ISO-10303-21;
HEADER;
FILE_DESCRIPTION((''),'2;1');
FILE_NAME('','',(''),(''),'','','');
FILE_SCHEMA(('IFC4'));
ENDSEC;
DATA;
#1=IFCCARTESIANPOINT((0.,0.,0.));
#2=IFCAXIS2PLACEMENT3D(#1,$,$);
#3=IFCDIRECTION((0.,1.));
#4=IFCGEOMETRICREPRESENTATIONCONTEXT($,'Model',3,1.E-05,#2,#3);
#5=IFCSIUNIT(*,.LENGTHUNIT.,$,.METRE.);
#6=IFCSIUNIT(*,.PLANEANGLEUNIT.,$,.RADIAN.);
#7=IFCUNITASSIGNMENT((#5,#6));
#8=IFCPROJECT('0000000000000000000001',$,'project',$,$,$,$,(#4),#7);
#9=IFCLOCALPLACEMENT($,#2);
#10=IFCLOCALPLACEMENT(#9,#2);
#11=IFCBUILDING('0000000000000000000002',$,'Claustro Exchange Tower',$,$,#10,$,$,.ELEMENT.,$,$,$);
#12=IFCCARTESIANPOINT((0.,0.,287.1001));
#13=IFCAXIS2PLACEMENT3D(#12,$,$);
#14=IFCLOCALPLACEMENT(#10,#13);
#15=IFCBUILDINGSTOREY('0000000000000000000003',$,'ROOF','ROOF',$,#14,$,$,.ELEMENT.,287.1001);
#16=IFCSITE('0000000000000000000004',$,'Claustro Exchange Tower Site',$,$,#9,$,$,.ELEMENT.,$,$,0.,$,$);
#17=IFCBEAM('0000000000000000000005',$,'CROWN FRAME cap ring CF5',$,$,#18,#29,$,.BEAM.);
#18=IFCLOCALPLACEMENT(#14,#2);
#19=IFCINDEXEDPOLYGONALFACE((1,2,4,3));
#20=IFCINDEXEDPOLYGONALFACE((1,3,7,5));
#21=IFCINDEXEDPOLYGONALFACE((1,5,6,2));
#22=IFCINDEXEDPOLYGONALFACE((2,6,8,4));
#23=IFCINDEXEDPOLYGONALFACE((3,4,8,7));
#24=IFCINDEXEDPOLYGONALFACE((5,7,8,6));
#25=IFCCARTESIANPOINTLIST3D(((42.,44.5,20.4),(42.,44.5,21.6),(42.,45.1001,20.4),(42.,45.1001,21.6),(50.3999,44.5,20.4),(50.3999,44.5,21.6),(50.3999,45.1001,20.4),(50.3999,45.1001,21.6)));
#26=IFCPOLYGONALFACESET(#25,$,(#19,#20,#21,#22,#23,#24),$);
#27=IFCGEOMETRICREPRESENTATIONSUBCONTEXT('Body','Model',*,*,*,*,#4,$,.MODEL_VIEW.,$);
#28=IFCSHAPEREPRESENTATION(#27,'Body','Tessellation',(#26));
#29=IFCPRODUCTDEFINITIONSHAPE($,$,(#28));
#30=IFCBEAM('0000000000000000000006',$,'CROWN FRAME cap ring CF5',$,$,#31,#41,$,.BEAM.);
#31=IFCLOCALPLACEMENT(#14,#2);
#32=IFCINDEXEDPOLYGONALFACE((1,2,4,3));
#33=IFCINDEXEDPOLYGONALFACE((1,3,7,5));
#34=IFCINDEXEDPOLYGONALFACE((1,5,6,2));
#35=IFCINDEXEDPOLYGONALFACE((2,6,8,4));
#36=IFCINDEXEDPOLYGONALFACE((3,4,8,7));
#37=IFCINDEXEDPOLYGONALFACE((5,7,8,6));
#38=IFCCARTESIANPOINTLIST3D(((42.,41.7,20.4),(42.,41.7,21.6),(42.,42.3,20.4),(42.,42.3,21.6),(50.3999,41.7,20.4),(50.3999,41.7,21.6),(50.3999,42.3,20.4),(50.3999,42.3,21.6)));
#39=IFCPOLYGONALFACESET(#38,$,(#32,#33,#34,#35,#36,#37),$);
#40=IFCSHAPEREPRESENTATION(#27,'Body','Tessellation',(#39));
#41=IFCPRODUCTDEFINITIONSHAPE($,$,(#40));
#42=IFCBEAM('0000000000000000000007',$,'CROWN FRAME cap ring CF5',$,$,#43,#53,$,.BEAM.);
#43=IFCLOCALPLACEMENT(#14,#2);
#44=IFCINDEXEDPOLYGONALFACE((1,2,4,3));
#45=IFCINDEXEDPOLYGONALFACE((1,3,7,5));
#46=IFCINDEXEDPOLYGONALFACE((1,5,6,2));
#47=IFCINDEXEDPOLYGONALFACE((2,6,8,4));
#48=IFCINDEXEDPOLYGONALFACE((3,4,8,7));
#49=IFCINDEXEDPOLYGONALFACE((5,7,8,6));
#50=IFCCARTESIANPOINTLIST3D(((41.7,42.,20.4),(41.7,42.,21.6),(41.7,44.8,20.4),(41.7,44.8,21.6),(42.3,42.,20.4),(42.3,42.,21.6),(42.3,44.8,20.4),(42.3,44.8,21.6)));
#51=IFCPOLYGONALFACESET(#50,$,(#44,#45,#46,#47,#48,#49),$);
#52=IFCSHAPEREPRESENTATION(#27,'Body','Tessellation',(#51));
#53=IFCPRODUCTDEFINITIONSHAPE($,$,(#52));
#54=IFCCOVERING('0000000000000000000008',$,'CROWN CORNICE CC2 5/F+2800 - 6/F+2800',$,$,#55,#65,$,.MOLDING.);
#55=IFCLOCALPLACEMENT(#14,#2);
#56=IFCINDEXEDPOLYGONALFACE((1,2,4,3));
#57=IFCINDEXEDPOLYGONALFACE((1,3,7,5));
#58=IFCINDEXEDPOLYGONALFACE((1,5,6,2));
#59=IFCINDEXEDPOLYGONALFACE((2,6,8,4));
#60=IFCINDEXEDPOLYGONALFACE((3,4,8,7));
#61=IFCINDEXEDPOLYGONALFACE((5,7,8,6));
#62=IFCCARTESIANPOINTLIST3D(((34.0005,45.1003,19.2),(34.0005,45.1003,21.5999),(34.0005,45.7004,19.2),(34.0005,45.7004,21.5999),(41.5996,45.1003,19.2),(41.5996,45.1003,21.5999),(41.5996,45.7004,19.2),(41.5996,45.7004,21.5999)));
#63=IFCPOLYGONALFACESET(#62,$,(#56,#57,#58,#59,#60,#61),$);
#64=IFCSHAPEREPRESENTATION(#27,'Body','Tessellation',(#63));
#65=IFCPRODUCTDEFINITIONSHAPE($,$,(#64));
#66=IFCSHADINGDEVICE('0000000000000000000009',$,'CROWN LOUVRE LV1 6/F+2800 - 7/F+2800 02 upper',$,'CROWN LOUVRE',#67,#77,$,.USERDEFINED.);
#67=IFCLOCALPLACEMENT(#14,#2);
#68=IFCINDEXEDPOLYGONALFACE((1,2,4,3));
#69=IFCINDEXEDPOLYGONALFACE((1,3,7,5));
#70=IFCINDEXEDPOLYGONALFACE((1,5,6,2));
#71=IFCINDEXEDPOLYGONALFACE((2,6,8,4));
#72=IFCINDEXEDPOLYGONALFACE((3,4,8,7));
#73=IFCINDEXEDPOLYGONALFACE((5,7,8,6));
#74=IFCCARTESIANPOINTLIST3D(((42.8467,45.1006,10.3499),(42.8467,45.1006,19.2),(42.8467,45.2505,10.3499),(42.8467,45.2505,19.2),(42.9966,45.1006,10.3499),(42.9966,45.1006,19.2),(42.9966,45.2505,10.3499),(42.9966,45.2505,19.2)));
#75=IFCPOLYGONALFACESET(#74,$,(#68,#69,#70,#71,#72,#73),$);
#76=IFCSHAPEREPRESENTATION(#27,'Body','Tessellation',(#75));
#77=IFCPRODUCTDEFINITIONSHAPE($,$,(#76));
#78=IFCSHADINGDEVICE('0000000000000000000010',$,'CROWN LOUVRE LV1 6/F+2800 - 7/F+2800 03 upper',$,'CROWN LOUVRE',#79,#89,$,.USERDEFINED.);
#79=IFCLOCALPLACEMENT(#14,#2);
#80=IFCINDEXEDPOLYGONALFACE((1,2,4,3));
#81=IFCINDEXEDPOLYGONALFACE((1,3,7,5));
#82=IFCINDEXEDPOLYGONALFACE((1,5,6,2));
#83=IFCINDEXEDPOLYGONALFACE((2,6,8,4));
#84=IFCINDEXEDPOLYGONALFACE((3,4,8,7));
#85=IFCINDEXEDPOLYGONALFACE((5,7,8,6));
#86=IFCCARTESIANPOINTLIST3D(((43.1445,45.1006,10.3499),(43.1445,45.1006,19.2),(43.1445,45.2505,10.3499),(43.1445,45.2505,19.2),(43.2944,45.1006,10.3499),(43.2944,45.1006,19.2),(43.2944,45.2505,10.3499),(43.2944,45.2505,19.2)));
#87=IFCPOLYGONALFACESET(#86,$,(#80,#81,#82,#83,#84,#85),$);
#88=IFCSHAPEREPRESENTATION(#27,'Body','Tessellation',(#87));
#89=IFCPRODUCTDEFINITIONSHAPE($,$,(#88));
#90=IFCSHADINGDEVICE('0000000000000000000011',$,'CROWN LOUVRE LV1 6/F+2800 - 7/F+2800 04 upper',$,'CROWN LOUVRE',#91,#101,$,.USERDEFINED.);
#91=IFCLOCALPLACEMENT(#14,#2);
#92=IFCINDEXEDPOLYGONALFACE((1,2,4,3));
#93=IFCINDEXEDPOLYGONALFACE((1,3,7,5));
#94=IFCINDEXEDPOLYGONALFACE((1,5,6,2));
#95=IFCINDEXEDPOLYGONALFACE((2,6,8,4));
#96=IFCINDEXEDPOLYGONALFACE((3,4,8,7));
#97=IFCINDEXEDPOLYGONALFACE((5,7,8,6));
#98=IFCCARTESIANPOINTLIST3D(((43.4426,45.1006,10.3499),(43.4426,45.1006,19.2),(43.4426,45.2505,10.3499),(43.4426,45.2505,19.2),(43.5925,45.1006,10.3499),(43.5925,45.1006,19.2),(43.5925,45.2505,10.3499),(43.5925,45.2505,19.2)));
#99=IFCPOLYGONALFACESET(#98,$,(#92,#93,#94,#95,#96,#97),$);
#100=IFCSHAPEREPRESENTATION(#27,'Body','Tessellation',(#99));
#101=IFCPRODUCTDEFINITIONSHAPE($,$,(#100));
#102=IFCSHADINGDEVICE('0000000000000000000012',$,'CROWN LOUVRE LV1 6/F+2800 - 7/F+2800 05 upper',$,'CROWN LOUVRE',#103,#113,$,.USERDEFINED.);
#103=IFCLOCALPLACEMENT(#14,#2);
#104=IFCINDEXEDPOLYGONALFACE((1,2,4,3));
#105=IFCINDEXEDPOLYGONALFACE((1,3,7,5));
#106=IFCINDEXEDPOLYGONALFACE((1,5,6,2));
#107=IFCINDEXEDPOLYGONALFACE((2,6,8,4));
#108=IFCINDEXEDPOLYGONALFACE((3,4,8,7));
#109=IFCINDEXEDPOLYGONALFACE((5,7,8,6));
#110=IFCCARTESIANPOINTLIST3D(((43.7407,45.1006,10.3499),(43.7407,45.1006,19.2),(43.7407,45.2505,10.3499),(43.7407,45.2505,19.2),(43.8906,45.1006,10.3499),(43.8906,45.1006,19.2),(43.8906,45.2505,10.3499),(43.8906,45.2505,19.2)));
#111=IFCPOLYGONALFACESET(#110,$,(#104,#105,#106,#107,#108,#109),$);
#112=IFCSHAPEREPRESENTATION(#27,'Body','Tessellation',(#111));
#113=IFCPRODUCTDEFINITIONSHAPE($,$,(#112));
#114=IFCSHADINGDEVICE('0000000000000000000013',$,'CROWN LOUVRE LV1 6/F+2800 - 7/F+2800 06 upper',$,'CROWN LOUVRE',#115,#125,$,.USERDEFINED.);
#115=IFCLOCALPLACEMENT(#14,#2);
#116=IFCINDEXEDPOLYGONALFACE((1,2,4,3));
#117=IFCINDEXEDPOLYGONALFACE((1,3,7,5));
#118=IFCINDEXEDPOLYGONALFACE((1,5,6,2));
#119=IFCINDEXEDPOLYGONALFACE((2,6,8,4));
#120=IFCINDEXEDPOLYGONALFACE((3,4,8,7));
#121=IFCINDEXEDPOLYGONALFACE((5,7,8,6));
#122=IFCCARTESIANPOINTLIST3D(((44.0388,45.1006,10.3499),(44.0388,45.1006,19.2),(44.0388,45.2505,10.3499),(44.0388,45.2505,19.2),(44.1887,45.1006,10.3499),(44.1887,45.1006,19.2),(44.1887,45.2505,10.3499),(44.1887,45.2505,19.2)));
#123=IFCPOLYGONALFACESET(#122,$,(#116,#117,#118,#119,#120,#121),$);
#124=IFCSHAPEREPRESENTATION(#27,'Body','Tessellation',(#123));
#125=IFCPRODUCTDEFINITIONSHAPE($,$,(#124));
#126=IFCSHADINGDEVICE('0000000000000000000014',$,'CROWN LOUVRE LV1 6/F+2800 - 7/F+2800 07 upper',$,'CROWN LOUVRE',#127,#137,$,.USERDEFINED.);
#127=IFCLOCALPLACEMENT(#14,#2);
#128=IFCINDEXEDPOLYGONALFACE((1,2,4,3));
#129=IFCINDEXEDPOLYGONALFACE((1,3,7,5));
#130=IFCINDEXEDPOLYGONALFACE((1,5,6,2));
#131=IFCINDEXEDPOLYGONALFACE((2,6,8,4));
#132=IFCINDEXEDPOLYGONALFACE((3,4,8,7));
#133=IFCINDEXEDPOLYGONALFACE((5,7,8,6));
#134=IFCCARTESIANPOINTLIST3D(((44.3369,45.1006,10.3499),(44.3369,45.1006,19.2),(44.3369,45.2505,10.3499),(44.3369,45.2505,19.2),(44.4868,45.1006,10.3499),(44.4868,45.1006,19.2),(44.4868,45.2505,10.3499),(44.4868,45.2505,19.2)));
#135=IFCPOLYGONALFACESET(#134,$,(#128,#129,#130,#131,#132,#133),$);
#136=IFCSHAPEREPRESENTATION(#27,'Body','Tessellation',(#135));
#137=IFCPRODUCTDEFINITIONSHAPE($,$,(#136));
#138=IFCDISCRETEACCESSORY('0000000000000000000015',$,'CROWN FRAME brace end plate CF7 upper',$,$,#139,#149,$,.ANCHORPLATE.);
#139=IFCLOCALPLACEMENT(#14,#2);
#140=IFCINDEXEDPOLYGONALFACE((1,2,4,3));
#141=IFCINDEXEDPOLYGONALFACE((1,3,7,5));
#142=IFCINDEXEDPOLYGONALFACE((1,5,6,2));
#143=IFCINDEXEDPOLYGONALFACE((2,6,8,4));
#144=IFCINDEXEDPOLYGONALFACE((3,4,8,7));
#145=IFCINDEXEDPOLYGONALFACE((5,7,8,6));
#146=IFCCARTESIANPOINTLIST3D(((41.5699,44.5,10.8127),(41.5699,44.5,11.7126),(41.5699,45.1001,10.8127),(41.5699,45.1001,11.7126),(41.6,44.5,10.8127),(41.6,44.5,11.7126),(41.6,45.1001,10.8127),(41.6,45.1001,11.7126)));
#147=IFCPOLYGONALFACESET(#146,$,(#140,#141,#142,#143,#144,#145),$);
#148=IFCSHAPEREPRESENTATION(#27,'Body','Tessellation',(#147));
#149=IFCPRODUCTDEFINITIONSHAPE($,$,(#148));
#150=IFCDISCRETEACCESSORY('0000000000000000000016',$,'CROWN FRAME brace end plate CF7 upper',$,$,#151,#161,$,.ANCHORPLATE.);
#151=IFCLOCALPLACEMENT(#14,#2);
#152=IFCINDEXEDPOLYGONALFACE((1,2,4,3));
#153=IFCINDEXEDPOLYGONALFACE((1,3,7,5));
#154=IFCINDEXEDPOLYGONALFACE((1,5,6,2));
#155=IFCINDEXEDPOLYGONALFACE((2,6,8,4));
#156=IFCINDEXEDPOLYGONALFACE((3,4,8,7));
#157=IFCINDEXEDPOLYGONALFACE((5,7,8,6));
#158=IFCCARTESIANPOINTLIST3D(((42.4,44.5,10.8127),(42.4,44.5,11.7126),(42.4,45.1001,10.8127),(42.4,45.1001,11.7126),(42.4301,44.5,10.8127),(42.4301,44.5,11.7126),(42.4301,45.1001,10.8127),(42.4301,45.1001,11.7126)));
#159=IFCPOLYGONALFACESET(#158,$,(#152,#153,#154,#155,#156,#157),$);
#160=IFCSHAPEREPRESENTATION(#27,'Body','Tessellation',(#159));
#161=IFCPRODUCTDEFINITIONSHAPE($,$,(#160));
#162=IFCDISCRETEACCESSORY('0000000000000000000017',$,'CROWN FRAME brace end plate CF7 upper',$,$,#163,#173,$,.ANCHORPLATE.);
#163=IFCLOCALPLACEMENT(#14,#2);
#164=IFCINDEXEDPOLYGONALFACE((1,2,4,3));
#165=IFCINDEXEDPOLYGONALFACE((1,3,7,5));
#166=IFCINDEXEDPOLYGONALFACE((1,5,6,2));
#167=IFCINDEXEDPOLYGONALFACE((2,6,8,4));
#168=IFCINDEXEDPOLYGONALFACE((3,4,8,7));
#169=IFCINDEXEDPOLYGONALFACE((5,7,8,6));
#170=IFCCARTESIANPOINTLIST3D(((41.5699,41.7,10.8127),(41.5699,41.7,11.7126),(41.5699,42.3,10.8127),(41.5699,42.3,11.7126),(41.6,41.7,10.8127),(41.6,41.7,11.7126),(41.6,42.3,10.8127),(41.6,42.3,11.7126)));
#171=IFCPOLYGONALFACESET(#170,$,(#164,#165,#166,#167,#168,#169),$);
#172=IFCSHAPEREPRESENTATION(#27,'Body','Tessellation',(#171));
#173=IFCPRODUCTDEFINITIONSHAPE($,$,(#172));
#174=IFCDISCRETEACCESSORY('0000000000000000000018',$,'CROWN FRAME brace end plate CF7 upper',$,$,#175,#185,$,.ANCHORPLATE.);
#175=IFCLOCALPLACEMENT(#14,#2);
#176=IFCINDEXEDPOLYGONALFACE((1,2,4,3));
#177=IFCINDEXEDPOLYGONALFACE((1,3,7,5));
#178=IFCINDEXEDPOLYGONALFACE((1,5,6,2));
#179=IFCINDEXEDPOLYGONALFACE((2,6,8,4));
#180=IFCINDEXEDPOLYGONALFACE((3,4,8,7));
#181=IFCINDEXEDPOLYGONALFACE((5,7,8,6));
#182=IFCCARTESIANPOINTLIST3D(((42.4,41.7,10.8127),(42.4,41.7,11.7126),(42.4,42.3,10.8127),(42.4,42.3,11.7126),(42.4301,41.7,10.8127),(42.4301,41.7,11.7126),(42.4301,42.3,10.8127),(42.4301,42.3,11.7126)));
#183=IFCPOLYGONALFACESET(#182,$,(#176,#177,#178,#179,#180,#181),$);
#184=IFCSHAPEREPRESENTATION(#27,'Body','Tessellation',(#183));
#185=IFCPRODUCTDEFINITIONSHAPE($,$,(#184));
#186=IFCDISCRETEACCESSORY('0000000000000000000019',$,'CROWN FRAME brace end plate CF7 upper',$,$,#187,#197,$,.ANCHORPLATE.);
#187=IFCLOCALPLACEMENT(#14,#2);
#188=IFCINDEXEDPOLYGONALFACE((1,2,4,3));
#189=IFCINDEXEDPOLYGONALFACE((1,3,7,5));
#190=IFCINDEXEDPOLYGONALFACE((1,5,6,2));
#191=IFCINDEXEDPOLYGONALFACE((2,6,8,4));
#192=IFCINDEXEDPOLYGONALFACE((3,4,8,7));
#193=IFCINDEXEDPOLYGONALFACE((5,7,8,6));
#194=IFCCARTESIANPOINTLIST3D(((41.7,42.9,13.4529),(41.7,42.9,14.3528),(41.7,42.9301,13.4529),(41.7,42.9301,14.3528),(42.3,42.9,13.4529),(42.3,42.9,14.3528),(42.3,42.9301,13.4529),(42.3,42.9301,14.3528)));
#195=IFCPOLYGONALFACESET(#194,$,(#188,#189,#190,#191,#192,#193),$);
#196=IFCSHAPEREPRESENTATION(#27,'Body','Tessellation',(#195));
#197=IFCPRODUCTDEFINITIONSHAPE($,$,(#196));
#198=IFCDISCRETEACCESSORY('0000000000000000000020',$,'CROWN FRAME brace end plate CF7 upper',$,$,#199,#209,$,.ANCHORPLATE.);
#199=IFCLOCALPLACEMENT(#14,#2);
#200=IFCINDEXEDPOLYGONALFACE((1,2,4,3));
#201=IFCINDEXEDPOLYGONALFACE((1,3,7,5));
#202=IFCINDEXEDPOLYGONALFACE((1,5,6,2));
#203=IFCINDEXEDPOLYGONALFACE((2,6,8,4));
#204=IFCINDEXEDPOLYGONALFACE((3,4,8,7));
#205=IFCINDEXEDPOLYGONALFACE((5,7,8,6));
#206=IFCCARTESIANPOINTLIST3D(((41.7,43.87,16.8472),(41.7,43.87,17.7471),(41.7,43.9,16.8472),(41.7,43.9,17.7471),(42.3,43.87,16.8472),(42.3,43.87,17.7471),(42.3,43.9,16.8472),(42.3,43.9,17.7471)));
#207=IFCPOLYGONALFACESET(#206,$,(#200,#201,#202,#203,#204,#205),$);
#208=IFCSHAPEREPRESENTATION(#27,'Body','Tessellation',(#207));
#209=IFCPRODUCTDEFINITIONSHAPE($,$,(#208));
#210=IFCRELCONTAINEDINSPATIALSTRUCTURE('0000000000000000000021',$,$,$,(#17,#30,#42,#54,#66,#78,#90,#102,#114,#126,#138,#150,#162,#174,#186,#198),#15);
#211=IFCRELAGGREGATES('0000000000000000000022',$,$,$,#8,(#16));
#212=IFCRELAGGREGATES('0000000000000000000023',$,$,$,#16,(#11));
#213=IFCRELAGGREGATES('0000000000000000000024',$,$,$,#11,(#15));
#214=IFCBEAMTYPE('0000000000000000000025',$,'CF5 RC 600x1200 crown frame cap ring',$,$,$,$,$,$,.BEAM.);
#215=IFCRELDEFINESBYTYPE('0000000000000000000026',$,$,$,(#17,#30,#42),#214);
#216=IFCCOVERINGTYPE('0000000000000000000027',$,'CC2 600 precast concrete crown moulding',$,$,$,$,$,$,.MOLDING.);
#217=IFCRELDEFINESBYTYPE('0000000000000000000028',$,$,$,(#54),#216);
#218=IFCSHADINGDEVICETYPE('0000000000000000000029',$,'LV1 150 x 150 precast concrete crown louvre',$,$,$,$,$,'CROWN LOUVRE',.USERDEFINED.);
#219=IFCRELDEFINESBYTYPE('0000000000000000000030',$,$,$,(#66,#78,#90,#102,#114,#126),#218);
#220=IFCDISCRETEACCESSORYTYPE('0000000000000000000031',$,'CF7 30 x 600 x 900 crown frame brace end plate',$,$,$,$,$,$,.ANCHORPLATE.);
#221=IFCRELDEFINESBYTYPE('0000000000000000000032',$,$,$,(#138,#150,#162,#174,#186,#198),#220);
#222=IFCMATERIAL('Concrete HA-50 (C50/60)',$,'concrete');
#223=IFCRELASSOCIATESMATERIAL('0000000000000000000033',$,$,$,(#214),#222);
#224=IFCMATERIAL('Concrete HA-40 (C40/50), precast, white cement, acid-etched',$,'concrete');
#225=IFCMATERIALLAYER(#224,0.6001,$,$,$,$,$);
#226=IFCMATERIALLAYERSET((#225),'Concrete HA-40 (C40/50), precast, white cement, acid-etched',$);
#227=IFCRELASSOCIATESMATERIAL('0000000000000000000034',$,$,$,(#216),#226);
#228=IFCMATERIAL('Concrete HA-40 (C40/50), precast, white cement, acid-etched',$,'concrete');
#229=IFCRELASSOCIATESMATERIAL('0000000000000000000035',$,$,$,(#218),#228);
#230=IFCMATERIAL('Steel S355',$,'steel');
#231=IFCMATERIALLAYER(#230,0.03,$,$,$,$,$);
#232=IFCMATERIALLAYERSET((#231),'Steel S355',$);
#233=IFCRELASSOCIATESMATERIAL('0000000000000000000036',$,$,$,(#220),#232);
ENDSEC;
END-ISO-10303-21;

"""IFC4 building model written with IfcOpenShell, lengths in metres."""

from ifc_helpers import new_model, si_unit, direction, frame, origin, origin_2d, place, context, subcontext, project, spatial, rectangle, extrude, material, layer, layer_set, material_profile, profile_set, type_object, element, save


model = new_model("IFC4")

# Units and contexts
model_context = context("Model", 3, precision=1e-05, world=origin(), true_north=direction((0.0, 1.0)))
body_context = subcontext(model_context, "Body", "Model", "MODEL_VIEW")
ifc_project = project(units=[si_unit("LENGTHUNIT", "METRE"), si_unit("PLANEANGLEUNIT", "RADIAN")], contexts=[model_context])

# Site, building, storey
site_placement = place(None, origin())
site = spatial("IfcSite", under=ifc_project, at=site_placement, Name="Claustro Exchange Tower Site", CompositionType="ELEMENT", RefElevation=0.0)
building_placement = place(site_placement, origin())
building = spatial("IfcBuilding", under=site, at=building_placement, Name="Claustro Exchange Tower", CompositionType="ELEMENT")
storey_placement = place(building_placement, frame((0.0, 0.0, 287.1001)))
storey = spatial("IfcBuildingStorey", under=building, at=storey_placement, Name="ROOF", Description="ROOF", CompositionType="ELEMENT", Elevation=287.1001)

# Beams
ifc_material_1 = material(Name="Concrete HA-50 (C50/60)", Category="concrete")
ifc_material_profile_1 = material_profile(ifc_material_1, rectangle(XDim=0.6001, YDim=1.2, at=origin_2d()), Name="RC 600x1200")
ifc_profile_set_1 = profile_set([ifc_material_profile_1], Name="Concrete HA-50 (C50/60)")
beam_type = type_object("IfcBeamType", Name="CF5 RC 600x1200 crown frame cap ring", PredefinedType="BEAM", material=ifc_profile_set_1)
for number, where, z_axis, x_axis, name in (
    (1, (42.0, 44.8, 21.0), (1.0, 0.0, 0.0), (0.0, 1.0, 0.0), "CROWN FRAME cap ring CF5"),
    (2, (42.0, 42.0, 21.0), (1.0, 0.0, 0.0), (0.0, 1.0, 0.0), "CROWN FRAME cap ring CF5"),
):
    element("IfcBeam", number, at=place(storey_placement, frame(where, z_axis=z_axis, x_axis=x_axis)), inside=storey, type_object=beam_type, Name=name, PredefinedType="BEAM", context=body_context, shape_type="SweptSolid", body=[
        extrude(rectangle(XDim=0.6001, YDim=1.2, at=origin_2d()), origin(), (0.0, 0.0, 1.0), 8.3999),
    ])
beam_placement = place(storey_placement, frame((42.0, 42.0, 21.0), z_axis=(0.0, 1.0, 0.0), x_axis=(-1.0, 0.0, 0.0)))
element("IfcBeam", 3, at=beam_placement, inside=storey, type_object=beam_type, Name="CROWN FRAME cap ring CF5", PredefinedType="BEAM", context=body_context, shape_type="SweptSolid", body=[
    extrude(rectangle(XDim=0.6001, YDim=1.2, at=origin_2d()), origin(), (0.0, 0.0, 1.0), 2.8),
])

# Covering
ifc_material_2 = material(Name="Concrete HA-40 (C40/50), precast, white cement, acid-etched", Category="concrete")
ifc_layer_1 = layer(ifc_material_2, 0.6001)
ifc_layer_set_1 = layer_set([ifc_layer_1], Name="Concrete HA-40 (C40/50), precast, white cement, acid-etched")
covering_type = type_object("IfcCoveringType", Name="CC2 600 precast concrete crown moulding", PredefinedType="MOLDING", material=ifc_layer_set_1)
covering_placement = place(storey_placement, frame((37.8, 45.4004, 19.2), z_axis=(0.0, 0.0, 1.0), x_axis=(1.0, 0.0, 0.0)))
element("IfcCovering", 4, at=covering_placement, inside=storey, type_object=covering_type, Name="CROWN CORNICE CC2 5/F+2800 - 6/F+2800", PredefinedType="MOLDING", context=body_context, shape_type="SweptSolid", body=[
    extrude(rectangle(XDim=7.5991, YDim=0.6001, at=origin_2d()), origin(), (0.0, 0.0, 1.0), 2.3999),
])

# Shading devices
ifc_material_3 = material(Name="Concrete HA-40 (C40/50), precast, white cement, acid-etched", Category="concrete")
shading_device_type = type_object("IfcShadingDeviceType", Name="LV1 150 x 150 precast concrete crown louvre", ElementType="CROWN LOUVRE", PredefinedType="USERDEFINED", material=ifc_material_3)
for number, where, z_axis, x_axis, name in (
    (5, (42.9216, 45.1755, 10.3499), (0.0, 0.0, 1.0), (1.0, 0.0, 0.0), "CROWN LOUVRE LV1 6/F+2800 - 7/F+2800 02 upper"),
    (6, (43.2195, 45.1755, 10.3499), (0.0, 0.0, 1.0), (1.0, 0.0, 0.0), "CROWN LOUVRE LV1 6/F+2800 - 7/F+2800 03 upper"),
    (7, (43.5176, 45.1755, 10.3499), (0.0, 0.0, 1.0), (1.0, 0.0, 0.0), "CROWN LOUVRE LV1 6/F+2800 - 7/F+2800 04 upper"),
    (8, (43.8157, 45.1755, 10.3499), (0.0, 0.0, 1.0), (1.0, 0.0, 0.0), "CROWN LOUVRE LV1 6/F+2800 - 7/F+2800 05 upper"),
    (9, (44.1138, 45.1755, 10.3499), (0.0, 0.0, 1.0), (1.0, 0.0, 0.0), "CROWN LOUVRE LV1 6/F+2800 - 7/F+2800 06 upper"),
    (10, (44.4119, 45.1755, 10.3499), (0.0, 0.0, 1.0), (1.0, 0.0, 0.0), "CROWN LOUVRE LV1 6/F+2800 - 7/F+2800 07 upper"),
):
    element("IfcShadingDevice", number, at=place(storey_placement, frame(where, z_axis=z_axis, x_axis=x_axis)), inside=storey, type_object=shading_device_type, Name=name, ObjectType="CROWN LOUVRE", PredefinedType="USERDEFINED", context=body_context, shape_type="SweptSolid", body=[
        extrude(rectangle(XDim=0.1499, YDim=0.1499, at=origin_2d()), origin(), (0.0, 0.0, 1.0), 8.8501),
    ])

# Discrete accessories
ifc_material_4 = material(Name="Steel S355", Category="steel")
ifc_layer_2 = layer(ifc_material_4, 0.03)
ifc_layer_set_2 = layer_set([ifc_layer_2], Name="Steel S355")
discrete_accessory_type = type_object("IfcDiscreteAccessoryType", Name="CF7 30 x 600 x 900 crown frame brace end plate", PredefinedType="ANCHORPLATE", material=ifc_layer_set_2)
for number, where, z_axis, x_axis, name in (
    (11, (41.585, 44.8, 10.8127), (0.0, 0.0, 1.0), (-1.0, 0.0, 0.0), "CROWN FRAME brace end plate CF7 upper"),
    (12, (42.415, 44.8, 10.8127), (0.0, 0.0, 1.0), (1.0, 0.0, 0.0), "CROWN FRAME brace end plate CF7 upper"),
    (13, (41.585, 42.0, 10.8127), (0.0, 0.0, 1.0), (-1.0, 0.0, 0.0), "CROWN FRAME brace end plate CF7 upper"),
    (14, (42.415, 42.0, 10.8127), (0.0, 0.0, 1.0), (1.0, 0.0, 0.0), "CROWN FRAME brace end plate CF7 upper"),
    (15, (42.0, 42.915, 13.4529), (0.0, 0.0, 1.0), (0.0, 1.0, 0.0), "CROWN FRAME brace end plate CF7 upper"),
    (16, (42.0, 43.885, 16.8472), (0.0, 0.0, 1.0), (0.0, 1.0, 0.0), "CROWN FRAME brace end plate CF7 upper"),
):
    element("IfcDiscreteAccessory", number, at=place(storey_placement, frame(where, z_axis=z_axis, x_axis=x_axis)), inside=storey, type_object=discrete_accessory_type, Name=name, PredefinedType="ANCHORPLATE", context=body_context, shape_type="SweptSolid", body=[
        extrude(rectangle(XDim=0.03, YDim=0.6001, at=origin_2d()), origin(), (0.0, 0.0, 1.0), 0.8999),
    ])

save(model, "model.ifc")
